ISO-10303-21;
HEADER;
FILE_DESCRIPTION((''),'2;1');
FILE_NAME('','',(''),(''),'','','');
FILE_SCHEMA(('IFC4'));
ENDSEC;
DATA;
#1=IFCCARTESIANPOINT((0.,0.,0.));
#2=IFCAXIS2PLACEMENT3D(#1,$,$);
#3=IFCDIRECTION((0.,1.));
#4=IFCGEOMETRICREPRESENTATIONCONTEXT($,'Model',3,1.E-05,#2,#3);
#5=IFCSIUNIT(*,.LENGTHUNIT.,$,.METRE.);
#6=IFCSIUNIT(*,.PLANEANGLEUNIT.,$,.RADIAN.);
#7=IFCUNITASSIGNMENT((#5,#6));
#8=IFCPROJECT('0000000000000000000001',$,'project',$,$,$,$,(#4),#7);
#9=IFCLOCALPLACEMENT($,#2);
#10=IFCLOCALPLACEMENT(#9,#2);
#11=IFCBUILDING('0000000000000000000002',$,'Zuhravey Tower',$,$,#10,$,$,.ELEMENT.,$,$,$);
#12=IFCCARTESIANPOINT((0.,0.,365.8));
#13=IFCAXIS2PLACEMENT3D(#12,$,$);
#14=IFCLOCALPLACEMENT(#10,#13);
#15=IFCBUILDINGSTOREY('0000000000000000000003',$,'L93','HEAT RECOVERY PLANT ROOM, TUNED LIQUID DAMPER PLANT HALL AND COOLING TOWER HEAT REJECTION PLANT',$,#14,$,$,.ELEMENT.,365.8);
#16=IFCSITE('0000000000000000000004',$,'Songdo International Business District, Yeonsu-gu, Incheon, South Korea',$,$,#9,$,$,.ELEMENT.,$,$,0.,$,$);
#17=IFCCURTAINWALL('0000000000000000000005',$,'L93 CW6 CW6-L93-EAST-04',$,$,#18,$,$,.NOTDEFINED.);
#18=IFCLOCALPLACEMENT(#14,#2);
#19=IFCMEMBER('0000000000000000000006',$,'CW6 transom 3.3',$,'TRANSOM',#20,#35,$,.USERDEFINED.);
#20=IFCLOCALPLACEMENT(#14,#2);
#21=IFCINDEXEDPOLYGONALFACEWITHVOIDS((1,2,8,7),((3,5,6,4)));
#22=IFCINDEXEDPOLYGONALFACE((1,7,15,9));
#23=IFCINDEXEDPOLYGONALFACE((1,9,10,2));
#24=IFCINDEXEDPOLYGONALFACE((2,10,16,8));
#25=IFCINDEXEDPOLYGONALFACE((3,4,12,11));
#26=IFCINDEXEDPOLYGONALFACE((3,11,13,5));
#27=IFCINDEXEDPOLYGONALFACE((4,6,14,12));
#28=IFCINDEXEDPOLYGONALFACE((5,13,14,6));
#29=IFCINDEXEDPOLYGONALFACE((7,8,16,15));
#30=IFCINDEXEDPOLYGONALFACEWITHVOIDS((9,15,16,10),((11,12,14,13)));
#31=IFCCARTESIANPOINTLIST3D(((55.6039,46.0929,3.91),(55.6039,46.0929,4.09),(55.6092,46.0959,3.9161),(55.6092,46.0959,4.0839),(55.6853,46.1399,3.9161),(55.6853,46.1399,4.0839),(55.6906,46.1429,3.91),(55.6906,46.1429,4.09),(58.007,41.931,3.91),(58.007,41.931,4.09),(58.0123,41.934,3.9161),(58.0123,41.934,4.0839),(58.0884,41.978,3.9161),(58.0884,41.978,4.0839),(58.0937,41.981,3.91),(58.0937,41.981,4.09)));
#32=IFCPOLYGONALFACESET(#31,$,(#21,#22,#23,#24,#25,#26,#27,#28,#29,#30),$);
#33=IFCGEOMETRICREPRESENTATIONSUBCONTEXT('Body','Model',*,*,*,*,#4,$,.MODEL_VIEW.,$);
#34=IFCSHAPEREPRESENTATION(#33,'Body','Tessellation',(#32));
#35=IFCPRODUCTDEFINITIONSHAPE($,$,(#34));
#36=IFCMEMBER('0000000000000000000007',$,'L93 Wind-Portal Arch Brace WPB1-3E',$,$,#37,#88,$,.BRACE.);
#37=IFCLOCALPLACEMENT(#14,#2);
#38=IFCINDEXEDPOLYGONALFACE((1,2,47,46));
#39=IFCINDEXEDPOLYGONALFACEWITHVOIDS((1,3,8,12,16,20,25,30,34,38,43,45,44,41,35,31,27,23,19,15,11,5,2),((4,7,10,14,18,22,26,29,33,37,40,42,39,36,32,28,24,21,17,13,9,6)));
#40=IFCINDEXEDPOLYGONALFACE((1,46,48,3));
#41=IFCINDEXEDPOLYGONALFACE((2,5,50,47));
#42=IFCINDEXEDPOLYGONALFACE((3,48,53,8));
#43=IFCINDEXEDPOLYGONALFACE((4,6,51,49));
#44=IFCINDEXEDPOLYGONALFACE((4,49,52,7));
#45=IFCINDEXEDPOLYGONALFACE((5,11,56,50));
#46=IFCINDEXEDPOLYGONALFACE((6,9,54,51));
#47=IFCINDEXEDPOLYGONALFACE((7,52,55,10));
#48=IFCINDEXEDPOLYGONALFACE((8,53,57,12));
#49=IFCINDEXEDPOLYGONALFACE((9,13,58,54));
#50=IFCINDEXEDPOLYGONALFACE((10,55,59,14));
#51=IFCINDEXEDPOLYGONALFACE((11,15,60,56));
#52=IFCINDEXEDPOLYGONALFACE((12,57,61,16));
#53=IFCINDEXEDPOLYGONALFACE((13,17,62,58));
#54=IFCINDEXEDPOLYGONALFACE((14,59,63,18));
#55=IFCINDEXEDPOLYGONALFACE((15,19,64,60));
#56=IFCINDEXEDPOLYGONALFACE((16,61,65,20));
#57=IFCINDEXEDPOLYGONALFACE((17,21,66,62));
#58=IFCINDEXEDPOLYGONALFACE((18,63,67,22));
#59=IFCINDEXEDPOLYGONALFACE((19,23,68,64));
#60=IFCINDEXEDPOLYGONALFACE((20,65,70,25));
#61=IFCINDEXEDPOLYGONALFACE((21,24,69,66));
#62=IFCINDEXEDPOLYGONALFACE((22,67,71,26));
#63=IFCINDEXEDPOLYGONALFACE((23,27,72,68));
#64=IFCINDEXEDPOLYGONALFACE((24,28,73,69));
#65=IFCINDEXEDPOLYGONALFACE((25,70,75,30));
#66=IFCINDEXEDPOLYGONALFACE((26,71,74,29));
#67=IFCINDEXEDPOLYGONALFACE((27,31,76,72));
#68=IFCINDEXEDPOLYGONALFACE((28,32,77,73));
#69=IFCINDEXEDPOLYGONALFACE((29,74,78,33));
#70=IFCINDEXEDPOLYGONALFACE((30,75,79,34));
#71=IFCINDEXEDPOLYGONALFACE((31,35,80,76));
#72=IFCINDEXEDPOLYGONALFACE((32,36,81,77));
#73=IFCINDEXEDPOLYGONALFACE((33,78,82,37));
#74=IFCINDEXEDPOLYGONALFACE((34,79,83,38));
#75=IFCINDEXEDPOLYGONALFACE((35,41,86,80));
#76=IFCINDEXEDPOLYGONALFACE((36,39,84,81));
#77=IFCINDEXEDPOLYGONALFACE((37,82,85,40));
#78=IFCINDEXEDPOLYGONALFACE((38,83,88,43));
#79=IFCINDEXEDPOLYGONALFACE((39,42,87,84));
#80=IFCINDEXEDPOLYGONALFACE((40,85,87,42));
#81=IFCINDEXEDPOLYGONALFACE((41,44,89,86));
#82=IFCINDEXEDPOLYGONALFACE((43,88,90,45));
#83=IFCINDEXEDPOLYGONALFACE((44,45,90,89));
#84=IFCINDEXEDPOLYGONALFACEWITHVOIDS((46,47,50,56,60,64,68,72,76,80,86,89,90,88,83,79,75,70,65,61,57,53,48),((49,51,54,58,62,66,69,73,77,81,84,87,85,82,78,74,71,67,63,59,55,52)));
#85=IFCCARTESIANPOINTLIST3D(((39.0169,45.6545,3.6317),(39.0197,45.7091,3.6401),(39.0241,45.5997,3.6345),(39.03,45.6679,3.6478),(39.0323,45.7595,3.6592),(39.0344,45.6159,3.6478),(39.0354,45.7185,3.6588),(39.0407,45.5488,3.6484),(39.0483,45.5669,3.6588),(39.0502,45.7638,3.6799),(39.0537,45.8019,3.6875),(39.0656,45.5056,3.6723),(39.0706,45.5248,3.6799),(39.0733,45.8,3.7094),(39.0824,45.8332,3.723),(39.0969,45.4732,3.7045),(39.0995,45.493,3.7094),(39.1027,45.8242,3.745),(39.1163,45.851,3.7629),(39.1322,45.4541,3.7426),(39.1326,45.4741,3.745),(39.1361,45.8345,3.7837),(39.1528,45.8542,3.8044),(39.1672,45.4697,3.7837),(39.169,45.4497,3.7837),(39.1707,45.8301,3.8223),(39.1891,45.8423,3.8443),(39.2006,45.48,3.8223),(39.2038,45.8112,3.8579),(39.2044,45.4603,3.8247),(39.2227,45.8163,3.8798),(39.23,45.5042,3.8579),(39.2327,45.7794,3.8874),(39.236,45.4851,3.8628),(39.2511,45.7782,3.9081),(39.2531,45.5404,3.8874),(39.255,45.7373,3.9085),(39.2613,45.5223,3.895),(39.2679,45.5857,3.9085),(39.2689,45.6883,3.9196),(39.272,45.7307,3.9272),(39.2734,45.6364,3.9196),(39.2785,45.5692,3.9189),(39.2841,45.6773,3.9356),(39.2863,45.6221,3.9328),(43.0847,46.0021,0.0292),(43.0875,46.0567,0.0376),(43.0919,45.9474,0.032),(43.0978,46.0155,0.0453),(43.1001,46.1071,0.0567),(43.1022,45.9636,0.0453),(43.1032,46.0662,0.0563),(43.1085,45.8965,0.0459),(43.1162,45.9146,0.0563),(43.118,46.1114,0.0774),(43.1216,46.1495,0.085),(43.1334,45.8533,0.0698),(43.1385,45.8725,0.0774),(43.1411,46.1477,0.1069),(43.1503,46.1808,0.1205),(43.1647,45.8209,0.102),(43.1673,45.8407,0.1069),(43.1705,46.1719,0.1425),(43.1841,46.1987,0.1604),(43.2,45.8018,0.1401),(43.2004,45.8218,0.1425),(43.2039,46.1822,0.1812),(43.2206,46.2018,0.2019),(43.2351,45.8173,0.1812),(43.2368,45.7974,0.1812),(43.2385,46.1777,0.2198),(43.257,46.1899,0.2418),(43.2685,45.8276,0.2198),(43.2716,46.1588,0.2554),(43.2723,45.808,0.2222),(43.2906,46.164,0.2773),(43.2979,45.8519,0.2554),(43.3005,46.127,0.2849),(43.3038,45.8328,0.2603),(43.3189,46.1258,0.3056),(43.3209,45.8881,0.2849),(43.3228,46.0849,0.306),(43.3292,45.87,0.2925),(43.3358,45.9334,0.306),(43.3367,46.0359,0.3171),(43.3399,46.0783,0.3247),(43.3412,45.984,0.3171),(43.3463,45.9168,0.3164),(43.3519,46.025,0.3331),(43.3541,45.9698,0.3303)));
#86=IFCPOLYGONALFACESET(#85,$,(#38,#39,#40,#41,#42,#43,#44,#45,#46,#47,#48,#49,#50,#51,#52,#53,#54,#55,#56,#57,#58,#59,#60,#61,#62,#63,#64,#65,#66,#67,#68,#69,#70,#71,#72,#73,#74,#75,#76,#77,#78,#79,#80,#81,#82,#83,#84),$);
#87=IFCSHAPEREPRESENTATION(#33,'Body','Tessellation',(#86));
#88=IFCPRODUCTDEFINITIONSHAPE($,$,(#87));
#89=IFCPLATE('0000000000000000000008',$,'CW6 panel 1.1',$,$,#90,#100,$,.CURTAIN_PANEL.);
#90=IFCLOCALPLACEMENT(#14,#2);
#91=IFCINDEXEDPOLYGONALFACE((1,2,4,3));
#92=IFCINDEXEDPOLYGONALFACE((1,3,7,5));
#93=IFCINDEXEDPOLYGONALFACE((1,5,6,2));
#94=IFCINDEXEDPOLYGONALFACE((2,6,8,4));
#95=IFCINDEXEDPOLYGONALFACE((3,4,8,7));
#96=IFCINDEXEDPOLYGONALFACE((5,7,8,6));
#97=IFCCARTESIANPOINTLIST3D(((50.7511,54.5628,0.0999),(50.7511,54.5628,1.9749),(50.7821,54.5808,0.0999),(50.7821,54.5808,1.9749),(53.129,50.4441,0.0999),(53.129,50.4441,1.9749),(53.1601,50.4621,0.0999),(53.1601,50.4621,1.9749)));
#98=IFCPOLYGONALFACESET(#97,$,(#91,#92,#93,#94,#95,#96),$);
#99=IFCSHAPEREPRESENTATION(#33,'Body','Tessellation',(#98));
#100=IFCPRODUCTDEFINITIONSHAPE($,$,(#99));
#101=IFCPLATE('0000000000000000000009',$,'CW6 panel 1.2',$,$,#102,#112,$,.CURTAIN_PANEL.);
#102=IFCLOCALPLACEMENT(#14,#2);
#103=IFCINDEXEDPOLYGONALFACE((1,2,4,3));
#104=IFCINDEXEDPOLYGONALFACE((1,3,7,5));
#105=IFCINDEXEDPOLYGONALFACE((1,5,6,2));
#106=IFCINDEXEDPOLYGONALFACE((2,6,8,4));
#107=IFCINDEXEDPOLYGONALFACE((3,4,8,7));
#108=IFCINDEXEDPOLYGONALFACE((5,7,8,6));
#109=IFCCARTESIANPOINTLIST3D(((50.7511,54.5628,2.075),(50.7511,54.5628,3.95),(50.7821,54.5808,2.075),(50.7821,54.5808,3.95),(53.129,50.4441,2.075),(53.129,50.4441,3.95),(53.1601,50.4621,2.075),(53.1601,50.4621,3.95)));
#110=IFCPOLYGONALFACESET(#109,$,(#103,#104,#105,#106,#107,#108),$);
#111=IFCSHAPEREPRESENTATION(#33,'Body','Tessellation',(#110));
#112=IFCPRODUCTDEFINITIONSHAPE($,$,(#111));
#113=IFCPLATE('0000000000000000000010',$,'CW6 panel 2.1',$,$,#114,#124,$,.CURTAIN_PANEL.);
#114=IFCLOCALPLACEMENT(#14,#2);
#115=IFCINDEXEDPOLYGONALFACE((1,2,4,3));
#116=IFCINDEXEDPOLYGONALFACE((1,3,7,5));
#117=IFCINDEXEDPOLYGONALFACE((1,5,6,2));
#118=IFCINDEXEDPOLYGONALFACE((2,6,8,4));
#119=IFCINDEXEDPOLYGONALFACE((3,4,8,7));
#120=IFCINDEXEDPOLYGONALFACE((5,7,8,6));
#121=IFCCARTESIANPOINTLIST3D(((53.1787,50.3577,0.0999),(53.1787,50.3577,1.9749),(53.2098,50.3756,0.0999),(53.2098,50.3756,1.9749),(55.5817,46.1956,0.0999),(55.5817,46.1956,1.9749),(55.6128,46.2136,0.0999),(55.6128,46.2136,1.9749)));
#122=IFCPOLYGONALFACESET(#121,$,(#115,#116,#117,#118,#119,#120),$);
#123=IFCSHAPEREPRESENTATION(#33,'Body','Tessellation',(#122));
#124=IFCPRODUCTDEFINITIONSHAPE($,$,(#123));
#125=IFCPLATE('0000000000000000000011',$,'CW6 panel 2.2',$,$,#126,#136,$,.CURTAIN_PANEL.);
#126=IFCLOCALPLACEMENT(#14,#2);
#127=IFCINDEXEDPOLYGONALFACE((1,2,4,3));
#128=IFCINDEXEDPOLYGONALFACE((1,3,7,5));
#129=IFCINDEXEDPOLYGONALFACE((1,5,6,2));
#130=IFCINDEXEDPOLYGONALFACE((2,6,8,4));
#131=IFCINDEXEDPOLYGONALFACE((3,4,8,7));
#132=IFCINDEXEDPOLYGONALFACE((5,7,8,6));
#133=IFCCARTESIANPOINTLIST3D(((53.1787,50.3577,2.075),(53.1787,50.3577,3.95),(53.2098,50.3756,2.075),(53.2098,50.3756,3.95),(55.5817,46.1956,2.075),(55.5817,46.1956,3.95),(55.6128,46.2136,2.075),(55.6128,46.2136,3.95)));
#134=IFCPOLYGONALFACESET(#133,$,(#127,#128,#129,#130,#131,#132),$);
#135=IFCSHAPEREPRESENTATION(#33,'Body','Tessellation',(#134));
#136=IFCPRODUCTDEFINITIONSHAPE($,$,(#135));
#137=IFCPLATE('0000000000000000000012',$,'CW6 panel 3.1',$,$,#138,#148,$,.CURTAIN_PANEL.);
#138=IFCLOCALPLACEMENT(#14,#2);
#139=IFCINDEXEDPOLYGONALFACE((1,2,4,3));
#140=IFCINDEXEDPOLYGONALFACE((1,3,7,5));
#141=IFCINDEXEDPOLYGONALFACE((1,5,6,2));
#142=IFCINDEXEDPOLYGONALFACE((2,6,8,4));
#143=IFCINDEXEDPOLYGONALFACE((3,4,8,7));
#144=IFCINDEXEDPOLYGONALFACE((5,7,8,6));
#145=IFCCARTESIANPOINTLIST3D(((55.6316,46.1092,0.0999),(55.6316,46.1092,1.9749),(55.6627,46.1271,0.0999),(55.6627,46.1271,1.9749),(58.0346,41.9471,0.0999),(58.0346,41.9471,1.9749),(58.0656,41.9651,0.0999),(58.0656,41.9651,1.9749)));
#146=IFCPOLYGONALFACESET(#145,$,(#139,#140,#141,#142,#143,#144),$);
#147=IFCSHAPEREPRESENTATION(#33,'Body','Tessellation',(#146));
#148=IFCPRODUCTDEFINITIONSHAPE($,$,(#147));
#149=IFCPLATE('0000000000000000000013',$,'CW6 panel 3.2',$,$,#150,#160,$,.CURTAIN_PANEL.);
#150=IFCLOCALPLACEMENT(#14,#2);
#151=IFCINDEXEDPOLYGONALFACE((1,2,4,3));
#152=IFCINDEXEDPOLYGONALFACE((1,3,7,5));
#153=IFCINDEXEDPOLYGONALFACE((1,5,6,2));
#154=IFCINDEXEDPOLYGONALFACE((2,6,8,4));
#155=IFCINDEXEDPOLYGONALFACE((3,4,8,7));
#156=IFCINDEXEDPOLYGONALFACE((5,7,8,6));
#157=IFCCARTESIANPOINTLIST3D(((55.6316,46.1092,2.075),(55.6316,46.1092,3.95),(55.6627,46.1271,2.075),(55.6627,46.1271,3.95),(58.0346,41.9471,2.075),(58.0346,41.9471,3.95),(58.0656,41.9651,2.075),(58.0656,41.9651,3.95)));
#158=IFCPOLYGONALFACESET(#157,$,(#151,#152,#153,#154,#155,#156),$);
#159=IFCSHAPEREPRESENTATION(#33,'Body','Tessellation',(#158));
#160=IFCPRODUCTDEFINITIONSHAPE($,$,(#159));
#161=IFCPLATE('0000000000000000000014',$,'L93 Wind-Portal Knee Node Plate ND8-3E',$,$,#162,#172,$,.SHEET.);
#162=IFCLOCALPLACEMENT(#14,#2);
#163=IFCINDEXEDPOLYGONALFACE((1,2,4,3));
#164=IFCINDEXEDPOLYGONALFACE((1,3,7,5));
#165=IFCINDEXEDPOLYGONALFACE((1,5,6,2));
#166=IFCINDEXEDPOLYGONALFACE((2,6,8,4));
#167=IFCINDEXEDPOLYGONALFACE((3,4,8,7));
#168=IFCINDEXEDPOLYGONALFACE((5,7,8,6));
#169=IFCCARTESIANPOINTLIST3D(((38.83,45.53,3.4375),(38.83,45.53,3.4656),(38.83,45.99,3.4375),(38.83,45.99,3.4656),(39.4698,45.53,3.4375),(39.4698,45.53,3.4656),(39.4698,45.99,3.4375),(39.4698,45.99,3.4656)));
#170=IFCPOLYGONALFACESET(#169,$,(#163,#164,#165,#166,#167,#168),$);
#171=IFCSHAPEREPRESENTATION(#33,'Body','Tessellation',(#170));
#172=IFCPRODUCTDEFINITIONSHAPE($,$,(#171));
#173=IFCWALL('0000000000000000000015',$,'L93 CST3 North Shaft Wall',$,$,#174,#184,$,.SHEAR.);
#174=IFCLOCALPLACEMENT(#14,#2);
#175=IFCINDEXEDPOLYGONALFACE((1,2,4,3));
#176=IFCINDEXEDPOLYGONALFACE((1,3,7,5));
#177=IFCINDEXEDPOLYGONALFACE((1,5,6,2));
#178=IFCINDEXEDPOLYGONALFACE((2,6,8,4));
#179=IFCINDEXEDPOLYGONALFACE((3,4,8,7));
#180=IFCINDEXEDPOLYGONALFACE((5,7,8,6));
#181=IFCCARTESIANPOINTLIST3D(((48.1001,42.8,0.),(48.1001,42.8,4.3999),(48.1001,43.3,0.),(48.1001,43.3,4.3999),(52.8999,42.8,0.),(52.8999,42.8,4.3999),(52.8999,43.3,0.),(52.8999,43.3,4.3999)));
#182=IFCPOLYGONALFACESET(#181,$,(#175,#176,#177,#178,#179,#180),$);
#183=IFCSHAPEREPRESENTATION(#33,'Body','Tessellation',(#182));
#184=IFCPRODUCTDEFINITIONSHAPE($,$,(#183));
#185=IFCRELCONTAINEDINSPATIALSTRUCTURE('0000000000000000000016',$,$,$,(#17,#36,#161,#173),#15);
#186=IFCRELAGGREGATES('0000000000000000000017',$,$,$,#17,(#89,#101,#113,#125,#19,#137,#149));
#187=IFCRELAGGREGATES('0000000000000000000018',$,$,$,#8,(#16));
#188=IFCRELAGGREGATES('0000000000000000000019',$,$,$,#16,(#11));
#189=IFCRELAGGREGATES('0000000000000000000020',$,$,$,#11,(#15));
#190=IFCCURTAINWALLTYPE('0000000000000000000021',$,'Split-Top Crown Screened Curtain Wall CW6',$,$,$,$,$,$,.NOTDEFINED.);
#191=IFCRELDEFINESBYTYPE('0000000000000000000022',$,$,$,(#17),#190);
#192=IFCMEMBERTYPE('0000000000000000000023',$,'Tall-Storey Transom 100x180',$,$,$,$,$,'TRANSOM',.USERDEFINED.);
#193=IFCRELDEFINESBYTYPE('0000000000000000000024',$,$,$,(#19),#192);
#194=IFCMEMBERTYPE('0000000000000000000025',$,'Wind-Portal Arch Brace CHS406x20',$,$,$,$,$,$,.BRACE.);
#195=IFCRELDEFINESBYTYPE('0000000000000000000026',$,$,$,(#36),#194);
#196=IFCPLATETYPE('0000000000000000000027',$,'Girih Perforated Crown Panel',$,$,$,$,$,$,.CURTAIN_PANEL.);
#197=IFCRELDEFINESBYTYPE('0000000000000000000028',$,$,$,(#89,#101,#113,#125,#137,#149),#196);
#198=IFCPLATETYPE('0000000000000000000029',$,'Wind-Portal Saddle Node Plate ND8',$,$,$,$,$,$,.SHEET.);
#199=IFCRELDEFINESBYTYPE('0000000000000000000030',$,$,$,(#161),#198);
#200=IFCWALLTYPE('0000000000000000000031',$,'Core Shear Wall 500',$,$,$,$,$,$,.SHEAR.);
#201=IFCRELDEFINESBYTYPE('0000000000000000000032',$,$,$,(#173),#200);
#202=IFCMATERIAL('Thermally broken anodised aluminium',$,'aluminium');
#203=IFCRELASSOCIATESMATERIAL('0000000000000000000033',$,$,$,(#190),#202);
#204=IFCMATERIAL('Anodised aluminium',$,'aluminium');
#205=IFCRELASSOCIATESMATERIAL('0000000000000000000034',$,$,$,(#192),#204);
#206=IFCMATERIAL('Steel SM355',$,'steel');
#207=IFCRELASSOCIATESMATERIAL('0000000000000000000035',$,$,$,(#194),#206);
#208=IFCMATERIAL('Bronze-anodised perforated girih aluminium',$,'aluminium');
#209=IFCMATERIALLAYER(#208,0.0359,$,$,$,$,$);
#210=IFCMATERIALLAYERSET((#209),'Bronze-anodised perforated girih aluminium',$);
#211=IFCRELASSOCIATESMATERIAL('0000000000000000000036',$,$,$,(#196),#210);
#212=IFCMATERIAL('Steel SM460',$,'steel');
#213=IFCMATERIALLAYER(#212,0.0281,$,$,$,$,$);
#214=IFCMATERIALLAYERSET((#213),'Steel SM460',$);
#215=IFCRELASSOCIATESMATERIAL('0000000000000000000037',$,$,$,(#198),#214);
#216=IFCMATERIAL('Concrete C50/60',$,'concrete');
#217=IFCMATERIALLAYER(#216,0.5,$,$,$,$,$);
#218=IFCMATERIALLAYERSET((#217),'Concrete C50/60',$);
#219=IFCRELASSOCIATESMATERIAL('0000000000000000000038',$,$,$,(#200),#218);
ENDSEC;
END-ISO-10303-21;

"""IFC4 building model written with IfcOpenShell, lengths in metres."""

from ifc_helpers import new_model, si_unit, direction, frame, frame_2d, origin, origin_2d, place, context, subcontext, project, spatial, rectangle, hollow_rectangle, hollow_circle, extrude, material, layer, layer_set, material_profile, profile_set, type_object, element, aggregate, save


model = new_model("IFC4")

# Units and contexts
model_context = context("Model", 3, precision=1e-05, world=origin(), true_north=direction((0.0, 1.0)))
body_context = subcontext(model_context, "Body", "Model", "MODEL_VIEW")
ifc_project = project(units=[si_unit("LENGTHUNIT", "METRE"), si_unit("PLANEANGLEUNIT", "RADIAN")], contexts=[model_context])

# Site, building, storey
site_placement = place(None, origin())
site = spatial("IfcSite", under=ifc_project, at=site_placement, Name="Songdo International Business District, Yeonsu-gu, Incheon, South Korea", CompositionType="ELEMENT", RefElevation=0.0)
building_placement = place(site_placement, origin())
building = spatial("IfcBuilding", under=site, at=building_placement, Name="Zuhravey Tower", CompositionType="ELEMENT")
storey_placement = place(building_placement, frame((0.0, 0.0, 365.8)))
storey = spatial("IfcBuildingStorey", under=building, at=storey_placement, Name="L93", Description="HEAT RECOVERY PLANT ROOM, TUNED LIQUID DAMPER PLANT HALL AND COOLING TOWER HEAT REJECTION PLANT", CompositionType="ELEMENT", Elevation=365.8)

# Shared definitions
ifc_material_1 = material(Name="Steel SM355", Category="steel")

# Curtain wall
ifc_material_2 = material(Name="Thermally broken anodised aluminium", Category="aluminium")
curtain_wall_type = type_object("IfcCurtainWallType", Name="Split-Top Crown Screened Curtain Wall CW6", PredefinedType="NOTDEFINED", material=ifc_material_2)
curtain_wall_placement = place(storey_placement, origin())
curtain_wall = element("IfcCurtainWall", 1, at=curtain_wall_placement, inside=storey, type_object=curtain_wall_type, Name="L93 CW6 CW6-L93-EAST-04", PredefinedType="NOTDEFINED")
ifc_material_3 = material(Name="Anodised aluminium", Category="aluminium")

# Members
ifc_material_profile_1 = material_profile(ifc_material_3, hollow_rectangle(XDim=0.1001, YDim=0.1799, WallThickness=0.0061, at=origin_2d()), Name="ALU-RHS-100x180x6")
ifc_profile_set_1 = profile_set([ifc_material_profile_1], Name="Anodised aluminium")
member_type_1 = type_object("IfcMemberType", Name="Tall-Storey Transom 100x180", ElementType="TRANSOM", PredefinedType="USERDEFINED", material=ifc_profile_set_1)
member_1_placement = place(storey_placement, frame((55.6472, 46.1179, 4.0), z_axis=(0.500035, -0.866005, 0.0), x_axis=(0.866005, 0.500035, 0.0)))
member_1 = element("IfcMember", 2, at=member_1_placement, type_object=member_type_1, Name="CW6 transom 3.3", ObjectType="TRANSOM", PredefinedType="USERDEFINED", context=body_context, shape_type="SweptSolid", body=[
    extrude(hollow_rectangle(XDim=0.1001, YDim=0.1799, WallThickness=0.0061, at=origin_2d()), origin(), (0.0, 0.0, 1.0), 4.8059),
])
ifc_material_profile_2 = material_profile(ifc_material_1, hollow_circle(Radius=0.2031, WallThickness=0.02, at=origin_2d()), Name="CHS-406.4x20")
ifc_profile_set_2 = profile_set([ifc_material_profile_2], Name="Steel SM355")
member_type_2 = type_object("IfcMemberType", Name="Wind-Portal Arch Brace CHS406x20", PredefinedType="BRACE", material=ifc_profile_set_2)
member_2_placement = place(storey_placement, frame((43.2195, 45.9998, 0.1812), z_axis=(-0.7471, -0.06385, 0.661638), x_axis=(0.085154, -0.996368, 0.0)))
element("IfcMember", 3, at=member_2_placement, inside=storey, type_object=member_type_2, Name="L93 Wind-Portal Arch Brace WPB1-3E", PredefinedType="BRACE", context=body_context, shape_type="SweptSolid", body=[
    extrude(hollow_circle(Radius=0.2031, WallThickness=0.02, at=origin_2d()), origin(), (0.0, 0.0, 1.0), 5.4448),
])

# Plates
ifc_material_4 = material(Name="Bronze-anodised perforated girih aluminium", Category="aluminium")
ifc_layer_1 = layer(ifc_material_4, 0.0359)
ifc_layer_set_1 = layer_set([ifc_layer_1], Name="Bronze-anodised perforated girih aluminium")
plate_type_1 = type_object("IfcPlateType", Name="Girih Perforated Crown Panel", PredefinedType="CURTAIN_PANEL", material=ifc_layer_set_1)
plate_1_placement = place(storey_placement, frame((51.9556, 52.5125, 0.0999), z_axis=(0.0, 0.0, 1.0), x_axis=(0.499997, -0.866027, 0.0)))
plate_1 = element("IfcPlate", 4, at=plate_1_placement, type_object=plate_type_1, Name="CW6 panel 1.1", PredefinedType="CURTAIN_PANEL", context=body_context, shape_type="SweptSolid", body=[
    extrude(rectangle(XDim=4.7559, YDim=0.0359, at=origin_2d()), origin(), (0.0, 0.0, 1.0), 1.875),
])
plate_2_placement = place(storey_placement, frame((51.9556, 52.5125, 2.075), z_axis=(0.0, 0.0, 1.0), x_axis=(0.499997, -0.866027, 0.0)))
plate_2 = element("IfcPlate", 5, at=plate_2_placement, type_object=plate_type_1, Name="CW6 panel 1.2", PredefinedType="CURTAIN_PANEL", context=body_context, shape_type="SweptSolid", body=[
    extrude(rectangle(XDim=4.7559, YDim=0.0359, at=origin_2d()), origin(), (0.0, 0.0, 1.0), 1.875),
])
plate_3_placement = place(storey_placement, frame((54.3958, 48.2856, 0.0999), z_axis=(0.0, 0.0, 1.0), x_axis=(0.499997, -0.866027, 0.0)))
plate_3 = element("IfcPlate", 6, at=plate_3_placement, type_object=plate_type_1, Name="CW6 panel 2.1", PredefinedType="CURTAIN_PANEL", context=body_context, shape_type="SweptSolid", body=[
    extrude(rectangle(XDim=4.8059, YDim=0.0359, at=origin_2d()), origin(), (0.0, 0.0, 1.0), 1.875),
])
plate_4_placement = place(storey_placement, frame((54.3958, 48.2856, 2.075), z_axis=(0.0, 0.0, 1.0), x_axis=(0.499997, -0.866027, 0.0)))
plate_4 = element("IfcPlate", 7, at=plate_4_placement, type_object=plate_type_1, Name="CW6 panel 2.2", PredefinedType="CURTAIN_PANEL", context=body_context, shape_type="SweptSolid", body=[
    extrude(rectangle(XDim=4.8059, YDim=0.0359, at=origin_2d()), origin(), (0.0, 0.0, 1.0), 1.875),
])
plate_5_placement = place(storey_placement, frame((56.8486, 44.0371, 0.0999), z_axis=(0.0, 0.0, 1.0), x_axis=(0.499997, -0.866027, 0.0)))
plate_5 = element("IfcPlate", 8, at=plate_5_placement, type_object=plate_type_1, Name="CW6 panel 3.1", PredefinedType="CURTAIN_PANEL", context=body_context, shape_type="SweptSolid", body=[
    extrude(rectangle(XDim=4.8059, YDim=0.0359, at=origin_2d()), origin(), (0.0, 0.0, 1.0), 1.875),
])
plate_6_placement = place(storey_placement, frame((56.8486, 44.0371, 2.075), z_axis=(0.0, 0.0, 1.0), x_axis=(0.499997, -0.866027, 0.0)))
plate_6 = element("IfcPlate", 9, at=plate_6_placement, type_object=plate_type_1, Name="CW6 panel 3.2", PredefinedType="CURTAIN_PANEL", context=body_context, shape_type="SweptSolid", body=[
    extrude(rectangle(XDim=4.8059, YDim=0.0359, at=origin_2d()), origin(), (0.0, 0.0, 1.0), 1.875),
])
aggregate(curtain_wall, [plate_1, plate_2, plate_3, plate_4, member_1, plate_5, plate_6])
ifc_material_5 = material(Name="Steel SM460", Category="steel")
ifc_layer_2 = layer(ifc_material_5, 0.0281)
ifc_layer_set_2 = layer_set([ifc_layer_2], Name="Steel SM460")
plate_type_2 = type_object("IfcPlateType", Name="Wind-Portal Saddle Node Plate ND8", PredefinedType="SHEET", material=ifc_layer_set_2)
plate_7_placement = place(storey_placement, frame((39.1499, 45.76, 3.4375), z_axis=(0.0, 0.0, 1.0), x_axis=(1.0, 0.0, 0.0)))
element("IfcPlate", 10, at=plate_7_placement, inside=storey, type_object=plate_type_2, Name="L93 Wind-Portal Knee Node Plate ND8-3E", PredefinedType="SHEET", context=body_context, shape_type="SweptSolid", body=[
    extrude(rectangle(XDim=0.6399, YDim=0.46, at=origin_2d()), origin(), (0.0, 0.0, 1.0), 0.0281),
])

# Wall
ifc_material_6 = material(Name="Concrete C50/60", Category="concrete")
ifc_layer_3 = layer(ifc_material_6, 0.5)
ifc_layer_set_3 = layer_set([ifc_layer_3], Name="Concrete C50/60")
wall_type_1 = type_object("IfcWallType", Name="Core Shear Wall 500", PredefinedType="SHEAR", material=ifc_layer_set_3)
wall_1_placement = place(storey_placement, frame((52.8999, 43.05, 0.0), z_axis=(0.0, 0.0, 1.0), x_axis=(-1.0, 0.0, 0.0)))
element("IfcWall", 11, at=wall_1_placement, inside=storey, type_object=wall_type_1, Name="L93 CST3 North Shaft Wall", PredefinedType="SHEAR", context=body_context, shape_type="SweptSolid", body=[
    extrude(rectangle(XDim=4.7998, YDim=0.5, at=frame_2d((2.3999, 0.0))), origin(), (0.0, 0.0, 1.0), 4.3999),
])

save(model, "model.ifc")
